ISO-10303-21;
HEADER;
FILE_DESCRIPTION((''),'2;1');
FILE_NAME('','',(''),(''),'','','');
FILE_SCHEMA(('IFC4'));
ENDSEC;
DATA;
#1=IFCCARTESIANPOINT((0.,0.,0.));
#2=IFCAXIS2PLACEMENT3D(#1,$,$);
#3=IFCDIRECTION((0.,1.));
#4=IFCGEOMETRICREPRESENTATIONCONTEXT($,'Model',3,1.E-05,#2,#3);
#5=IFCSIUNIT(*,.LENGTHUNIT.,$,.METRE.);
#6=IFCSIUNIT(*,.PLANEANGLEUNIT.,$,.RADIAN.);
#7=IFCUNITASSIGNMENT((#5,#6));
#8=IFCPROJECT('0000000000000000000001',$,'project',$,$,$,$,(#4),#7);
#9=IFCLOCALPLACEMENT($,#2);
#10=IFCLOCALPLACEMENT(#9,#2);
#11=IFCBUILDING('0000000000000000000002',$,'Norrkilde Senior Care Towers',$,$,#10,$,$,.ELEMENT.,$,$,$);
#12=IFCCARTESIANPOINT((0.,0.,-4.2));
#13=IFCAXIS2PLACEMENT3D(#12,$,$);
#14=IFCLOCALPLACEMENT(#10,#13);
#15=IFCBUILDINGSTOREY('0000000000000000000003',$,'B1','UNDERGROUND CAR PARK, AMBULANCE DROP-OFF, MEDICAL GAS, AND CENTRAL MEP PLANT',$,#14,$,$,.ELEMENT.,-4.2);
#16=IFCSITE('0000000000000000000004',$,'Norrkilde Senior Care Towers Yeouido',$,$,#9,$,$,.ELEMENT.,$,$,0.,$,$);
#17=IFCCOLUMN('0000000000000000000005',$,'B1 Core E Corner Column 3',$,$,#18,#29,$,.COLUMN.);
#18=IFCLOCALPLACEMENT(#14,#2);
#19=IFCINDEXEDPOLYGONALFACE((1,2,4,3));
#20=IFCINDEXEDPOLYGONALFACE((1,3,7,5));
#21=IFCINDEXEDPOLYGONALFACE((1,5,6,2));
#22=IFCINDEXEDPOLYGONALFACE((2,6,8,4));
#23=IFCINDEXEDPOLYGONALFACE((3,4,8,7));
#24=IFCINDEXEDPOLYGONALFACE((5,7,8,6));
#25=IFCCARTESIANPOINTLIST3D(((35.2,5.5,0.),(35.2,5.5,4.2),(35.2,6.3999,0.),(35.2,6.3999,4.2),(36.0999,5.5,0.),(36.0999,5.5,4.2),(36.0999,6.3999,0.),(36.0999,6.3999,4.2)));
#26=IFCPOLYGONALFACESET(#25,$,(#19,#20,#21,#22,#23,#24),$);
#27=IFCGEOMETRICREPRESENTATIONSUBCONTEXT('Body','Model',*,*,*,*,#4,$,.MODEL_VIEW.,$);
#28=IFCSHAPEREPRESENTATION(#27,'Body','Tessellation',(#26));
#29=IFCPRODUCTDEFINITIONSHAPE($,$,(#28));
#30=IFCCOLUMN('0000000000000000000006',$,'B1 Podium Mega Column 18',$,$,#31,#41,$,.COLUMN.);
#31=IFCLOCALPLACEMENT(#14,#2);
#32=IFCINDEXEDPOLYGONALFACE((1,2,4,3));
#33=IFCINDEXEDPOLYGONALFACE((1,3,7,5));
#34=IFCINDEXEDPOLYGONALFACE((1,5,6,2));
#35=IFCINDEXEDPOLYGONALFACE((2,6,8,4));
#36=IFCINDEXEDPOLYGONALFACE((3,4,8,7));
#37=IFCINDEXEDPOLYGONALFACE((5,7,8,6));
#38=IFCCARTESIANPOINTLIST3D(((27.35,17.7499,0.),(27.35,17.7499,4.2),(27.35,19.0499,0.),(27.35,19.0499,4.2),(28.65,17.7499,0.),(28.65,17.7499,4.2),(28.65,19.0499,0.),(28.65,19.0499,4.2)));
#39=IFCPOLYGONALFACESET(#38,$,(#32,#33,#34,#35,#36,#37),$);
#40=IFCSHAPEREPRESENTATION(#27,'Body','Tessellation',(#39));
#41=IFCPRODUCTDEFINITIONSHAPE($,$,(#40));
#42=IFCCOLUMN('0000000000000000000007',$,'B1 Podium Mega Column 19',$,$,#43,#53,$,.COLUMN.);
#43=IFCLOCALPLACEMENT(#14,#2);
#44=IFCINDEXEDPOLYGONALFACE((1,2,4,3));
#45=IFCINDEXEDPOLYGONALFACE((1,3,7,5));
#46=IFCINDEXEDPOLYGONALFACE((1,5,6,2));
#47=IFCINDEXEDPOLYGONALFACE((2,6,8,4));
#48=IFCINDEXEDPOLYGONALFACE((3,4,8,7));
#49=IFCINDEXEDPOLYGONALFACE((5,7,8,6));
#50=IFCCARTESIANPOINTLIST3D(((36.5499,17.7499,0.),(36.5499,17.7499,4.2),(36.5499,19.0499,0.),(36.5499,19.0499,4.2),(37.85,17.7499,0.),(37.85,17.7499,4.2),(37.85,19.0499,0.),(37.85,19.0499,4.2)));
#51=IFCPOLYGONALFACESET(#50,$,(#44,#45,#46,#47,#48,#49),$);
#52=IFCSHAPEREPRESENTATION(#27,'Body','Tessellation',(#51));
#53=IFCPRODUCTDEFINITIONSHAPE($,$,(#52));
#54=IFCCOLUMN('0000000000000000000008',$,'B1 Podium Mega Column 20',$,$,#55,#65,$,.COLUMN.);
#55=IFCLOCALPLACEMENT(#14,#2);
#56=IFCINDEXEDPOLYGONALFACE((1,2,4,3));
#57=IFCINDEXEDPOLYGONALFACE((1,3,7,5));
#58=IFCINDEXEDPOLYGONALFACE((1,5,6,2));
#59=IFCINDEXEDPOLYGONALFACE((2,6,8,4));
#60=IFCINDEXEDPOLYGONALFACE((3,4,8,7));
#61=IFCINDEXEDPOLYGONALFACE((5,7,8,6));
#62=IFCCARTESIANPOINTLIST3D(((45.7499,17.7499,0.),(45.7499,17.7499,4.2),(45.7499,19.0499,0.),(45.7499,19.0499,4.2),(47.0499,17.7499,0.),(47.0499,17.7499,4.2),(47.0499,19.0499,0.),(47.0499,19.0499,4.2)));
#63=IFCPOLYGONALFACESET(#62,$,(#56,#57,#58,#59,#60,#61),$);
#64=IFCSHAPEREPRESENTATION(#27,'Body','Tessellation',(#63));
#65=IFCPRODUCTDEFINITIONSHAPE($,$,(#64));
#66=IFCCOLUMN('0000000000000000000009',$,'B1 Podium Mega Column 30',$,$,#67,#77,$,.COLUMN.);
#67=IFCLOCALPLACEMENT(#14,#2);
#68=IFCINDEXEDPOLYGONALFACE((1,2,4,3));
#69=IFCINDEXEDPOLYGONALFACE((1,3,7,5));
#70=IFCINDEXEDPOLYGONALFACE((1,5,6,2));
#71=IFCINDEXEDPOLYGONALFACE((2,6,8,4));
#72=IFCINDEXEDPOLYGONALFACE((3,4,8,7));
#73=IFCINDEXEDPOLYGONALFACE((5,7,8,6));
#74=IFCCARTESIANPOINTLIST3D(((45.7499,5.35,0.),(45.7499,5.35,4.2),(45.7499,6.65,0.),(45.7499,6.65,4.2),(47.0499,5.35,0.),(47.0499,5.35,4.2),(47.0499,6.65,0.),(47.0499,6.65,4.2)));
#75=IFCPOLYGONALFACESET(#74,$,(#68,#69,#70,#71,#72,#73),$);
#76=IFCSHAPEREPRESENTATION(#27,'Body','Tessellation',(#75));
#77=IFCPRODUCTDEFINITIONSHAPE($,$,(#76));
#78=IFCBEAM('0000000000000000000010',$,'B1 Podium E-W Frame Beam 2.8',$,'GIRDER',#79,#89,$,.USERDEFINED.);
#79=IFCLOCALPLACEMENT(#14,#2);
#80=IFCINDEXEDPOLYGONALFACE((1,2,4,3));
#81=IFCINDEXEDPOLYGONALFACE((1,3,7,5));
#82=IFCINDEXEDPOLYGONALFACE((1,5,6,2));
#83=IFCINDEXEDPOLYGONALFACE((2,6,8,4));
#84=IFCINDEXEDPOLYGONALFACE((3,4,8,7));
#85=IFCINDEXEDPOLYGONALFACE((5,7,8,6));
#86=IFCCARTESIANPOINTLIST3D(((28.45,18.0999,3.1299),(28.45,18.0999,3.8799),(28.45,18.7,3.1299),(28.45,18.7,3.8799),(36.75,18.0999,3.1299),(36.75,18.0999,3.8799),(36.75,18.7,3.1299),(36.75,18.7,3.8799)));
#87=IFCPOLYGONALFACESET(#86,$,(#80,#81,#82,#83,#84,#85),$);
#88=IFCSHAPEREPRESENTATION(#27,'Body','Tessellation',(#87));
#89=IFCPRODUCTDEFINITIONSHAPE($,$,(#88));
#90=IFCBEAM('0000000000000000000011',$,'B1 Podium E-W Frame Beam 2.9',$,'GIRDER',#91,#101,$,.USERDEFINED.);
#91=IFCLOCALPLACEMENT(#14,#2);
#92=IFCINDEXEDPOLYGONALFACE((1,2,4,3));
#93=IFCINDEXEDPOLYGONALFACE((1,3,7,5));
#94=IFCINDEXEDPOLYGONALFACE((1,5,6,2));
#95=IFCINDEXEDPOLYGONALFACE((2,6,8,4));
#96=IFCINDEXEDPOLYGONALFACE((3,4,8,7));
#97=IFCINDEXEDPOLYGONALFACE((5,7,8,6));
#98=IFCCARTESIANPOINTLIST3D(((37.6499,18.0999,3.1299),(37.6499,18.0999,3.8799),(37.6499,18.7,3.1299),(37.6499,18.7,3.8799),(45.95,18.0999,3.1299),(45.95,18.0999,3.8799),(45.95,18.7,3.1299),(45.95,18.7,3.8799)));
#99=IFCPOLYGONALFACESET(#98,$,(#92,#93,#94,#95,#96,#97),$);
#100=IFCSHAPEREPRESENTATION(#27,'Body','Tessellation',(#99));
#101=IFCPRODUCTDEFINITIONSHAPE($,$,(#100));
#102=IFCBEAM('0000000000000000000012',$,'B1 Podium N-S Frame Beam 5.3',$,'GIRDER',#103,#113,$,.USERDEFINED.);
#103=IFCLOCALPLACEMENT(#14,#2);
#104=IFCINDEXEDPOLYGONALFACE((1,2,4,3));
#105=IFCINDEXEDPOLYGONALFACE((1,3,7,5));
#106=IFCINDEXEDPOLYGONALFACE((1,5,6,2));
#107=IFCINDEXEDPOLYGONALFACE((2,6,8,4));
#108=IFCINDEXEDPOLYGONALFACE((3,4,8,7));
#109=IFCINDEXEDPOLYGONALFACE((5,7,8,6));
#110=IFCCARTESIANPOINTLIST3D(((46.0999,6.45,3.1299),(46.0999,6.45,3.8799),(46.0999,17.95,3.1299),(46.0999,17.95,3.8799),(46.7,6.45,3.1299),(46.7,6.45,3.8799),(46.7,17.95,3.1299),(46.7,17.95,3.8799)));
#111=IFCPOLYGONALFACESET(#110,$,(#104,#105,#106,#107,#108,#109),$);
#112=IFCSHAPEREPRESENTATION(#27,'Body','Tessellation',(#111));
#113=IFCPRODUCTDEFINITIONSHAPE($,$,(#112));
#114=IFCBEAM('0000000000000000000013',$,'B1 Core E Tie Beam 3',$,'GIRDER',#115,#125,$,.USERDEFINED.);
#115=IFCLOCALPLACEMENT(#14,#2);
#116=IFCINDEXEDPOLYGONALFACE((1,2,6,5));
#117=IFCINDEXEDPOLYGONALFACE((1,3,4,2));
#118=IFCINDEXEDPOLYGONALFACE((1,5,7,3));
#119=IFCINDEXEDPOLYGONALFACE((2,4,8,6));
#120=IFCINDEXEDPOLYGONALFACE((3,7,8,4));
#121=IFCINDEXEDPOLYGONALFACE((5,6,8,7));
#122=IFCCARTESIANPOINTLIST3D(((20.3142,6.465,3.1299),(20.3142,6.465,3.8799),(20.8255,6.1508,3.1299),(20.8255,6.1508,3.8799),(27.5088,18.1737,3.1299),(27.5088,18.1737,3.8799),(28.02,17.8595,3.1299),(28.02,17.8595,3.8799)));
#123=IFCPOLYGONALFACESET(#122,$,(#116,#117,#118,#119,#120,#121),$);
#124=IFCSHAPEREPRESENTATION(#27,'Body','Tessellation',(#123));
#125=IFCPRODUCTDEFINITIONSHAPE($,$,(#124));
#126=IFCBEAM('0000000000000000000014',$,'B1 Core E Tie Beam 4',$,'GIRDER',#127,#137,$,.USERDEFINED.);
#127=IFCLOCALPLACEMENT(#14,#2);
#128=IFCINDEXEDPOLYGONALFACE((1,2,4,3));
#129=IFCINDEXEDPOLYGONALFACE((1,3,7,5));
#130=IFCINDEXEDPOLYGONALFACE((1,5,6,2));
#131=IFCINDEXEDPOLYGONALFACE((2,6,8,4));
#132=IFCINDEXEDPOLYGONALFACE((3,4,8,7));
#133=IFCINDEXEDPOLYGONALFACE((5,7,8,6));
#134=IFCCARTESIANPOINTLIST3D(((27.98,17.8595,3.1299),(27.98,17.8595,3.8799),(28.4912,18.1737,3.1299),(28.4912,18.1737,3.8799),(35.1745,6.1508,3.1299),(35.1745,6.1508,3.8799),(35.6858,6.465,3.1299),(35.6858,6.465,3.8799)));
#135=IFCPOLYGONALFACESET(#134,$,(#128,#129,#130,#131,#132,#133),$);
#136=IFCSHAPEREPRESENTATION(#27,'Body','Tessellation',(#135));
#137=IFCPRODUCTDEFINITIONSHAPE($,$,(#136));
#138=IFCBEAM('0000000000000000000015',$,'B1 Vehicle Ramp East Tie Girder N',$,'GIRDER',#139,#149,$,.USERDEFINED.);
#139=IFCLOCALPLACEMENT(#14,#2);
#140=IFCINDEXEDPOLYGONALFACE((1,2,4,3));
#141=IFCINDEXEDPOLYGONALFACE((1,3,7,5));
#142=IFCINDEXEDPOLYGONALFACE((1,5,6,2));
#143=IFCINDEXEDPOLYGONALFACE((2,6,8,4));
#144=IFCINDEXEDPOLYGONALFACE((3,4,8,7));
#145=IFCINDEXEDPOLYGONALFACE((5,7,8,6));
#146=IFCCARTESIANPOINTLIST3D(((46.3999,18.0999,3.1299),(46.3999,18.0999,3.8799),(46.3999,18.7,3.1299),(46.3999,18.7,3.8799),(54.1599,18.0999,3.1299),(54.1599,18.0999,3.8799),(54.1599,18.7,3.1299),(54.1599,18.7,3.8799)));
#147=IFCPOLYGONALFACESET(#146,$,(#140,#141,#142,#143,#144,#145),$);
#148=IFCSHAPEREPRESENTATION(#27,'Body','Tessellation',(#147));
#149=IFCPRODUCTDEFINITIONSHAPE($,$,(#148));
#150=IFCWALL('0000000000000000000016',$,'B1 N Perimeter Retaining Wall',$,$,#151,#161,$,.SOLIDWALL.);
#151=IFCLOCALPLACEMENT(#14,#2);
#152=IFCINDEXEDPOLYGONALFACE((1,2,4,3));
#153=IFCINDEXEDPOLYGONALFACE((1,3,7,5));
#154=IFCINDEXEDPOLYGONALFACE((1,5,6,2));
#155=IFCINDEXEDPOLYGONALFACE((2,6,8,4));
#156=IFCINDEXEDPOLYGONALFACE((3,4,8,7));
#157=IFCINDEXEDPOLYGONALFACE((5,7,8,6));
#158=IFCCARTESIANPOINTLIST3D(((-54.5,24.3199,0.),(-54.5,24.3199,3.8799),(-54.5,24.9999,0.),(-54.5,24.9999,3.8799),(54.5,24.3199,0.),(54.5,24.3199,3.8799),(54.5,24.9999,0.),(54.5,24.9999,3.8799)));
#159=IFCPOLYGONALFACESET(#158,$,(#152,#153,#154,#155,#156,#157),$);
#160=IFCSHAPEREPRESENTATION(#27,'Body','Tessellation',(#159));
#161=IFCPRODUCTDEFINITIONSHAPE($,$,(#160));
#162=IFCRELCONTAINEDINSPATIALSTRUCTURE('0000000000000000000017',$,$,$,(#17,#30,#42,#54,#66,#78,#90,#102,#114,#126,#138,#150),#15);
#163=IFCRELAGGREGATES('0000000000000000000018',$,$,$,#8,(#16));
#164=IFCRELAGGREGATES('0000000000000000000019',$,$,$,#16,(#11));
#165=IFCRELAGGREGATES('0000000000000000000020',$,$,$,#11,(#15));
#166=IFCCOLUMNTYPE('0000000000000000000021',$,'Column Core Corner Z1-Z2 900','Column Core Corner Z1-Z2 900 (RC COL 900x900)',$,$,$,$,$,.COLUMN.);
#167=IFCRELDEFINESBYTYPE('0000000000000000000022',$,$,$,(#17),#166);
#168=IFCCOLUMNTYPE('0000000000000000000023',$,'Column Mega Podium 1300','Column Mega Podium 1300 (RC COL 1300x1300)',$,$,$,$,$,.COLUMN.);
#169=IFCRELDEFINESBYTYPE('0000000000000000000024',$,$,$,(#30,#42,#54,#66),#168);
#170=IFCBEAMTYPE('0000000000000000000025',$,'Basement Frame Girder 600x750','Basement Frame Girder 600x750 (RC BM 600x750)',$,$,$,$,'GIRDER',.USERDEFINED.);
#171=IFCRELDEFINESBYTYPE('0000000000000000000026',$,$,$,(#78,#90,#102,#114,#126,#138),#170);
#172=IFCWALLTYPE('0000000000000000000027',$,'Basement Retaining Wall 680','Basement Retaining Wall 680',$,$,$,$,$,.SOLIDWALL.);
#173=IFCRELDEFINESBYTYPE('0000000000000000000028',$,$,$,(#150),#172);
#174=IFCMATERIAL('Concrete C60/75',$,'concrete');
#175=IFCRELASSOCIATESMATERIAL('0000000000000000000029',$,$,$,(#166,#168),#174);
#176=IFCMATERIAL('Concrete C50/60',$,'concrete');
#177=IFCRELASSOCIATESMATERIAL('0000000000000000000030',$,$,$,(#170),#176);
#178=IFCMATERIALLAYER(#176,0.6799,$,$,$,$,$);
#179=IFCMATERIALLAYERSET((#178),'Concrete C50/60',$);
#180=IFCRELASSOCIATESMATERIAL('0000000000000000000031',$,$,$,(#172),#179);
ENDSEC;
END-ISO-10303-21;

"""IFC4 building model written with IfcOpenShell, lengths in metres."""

from ifc_helpers import new_model, si_unit, direction, frame, frame_2d, origin, origin_2d, place, context, subcontext, project, spatial, rectangle, extrude, source, transform, mapped, material, layer, layer_set, material_profile, profile_set, type_object, type_shapes, element, save


model = new_model("IFC4")

# Units and contexts
model_context = context("Model", 3, precision=1e-05, world=origin(), true_north=direction((0.0, 1.0)))
body_context = subcontext(model_context, "Body", "Model", "MODEL_VIEW")
ifc_project = project(units=[si_unit("LENGTHUNIT", "METRE"), si_unit("PLANEANGLEUNIT", "RADIAN")], contexts=[model_context])

# Site, building, storey
site_placement = place(None, origin())
site = spatial("IfcSite", under=ifc_project, at=site_placement, Name="Norrkilde Senior Care Towers Yeouido", CompositionType="ELEMENT", RefElevation=0.0)
building_placement = place(site_placement, origin())
building = spatial("IfcBuilding", under=site, at=building_placement, Name="Norrkilde Senior Care Towers", CompositionType="ELEMENT")
storey_placement = place(building_placement, frame((0.0, 0.0, -4.2)))
storey = spatial("IfcBuildingStorey", under=building, at=storey_placement, Name="B1", Description="UNDERGROUND CAR PARK, AMBULANCE DROP-OFF, MEDICAL GAS, AND CENTRAL MEP PLANT", CompositionType="ELEMENT", Elevation=-4.2)

# Columns
ifc_material_1 = material(Name="Concrete C60/75", Category="concrete")
ifc_material_profile_1 = material_profile(ifc_material_1, rectangle(XDim=0.8999, YDim=0.8999, at=origin_2d()), Name="RC COL 900x900")
ifc_profile_set_1 = profile_set([ifc_material_profile_1], Name="Concrete C60/75")
column_type_1 = type_object("IfcColumnType", Name="Column Core Corner Z1-Z2 900", Description="Column Core Corner Z1-Z2 900 (RC COL 900x900)", PredefinedType="COLUMN", material=ifc_profile_set_1)
shared_shape_1 = source(origin(), body_context, "Body", "SweptSolid", [
    extrude(rectangle(XDim=0.8999, YDim=0.8999, at=origin_2d()), origin(), (0.0, 0.0, 1.0), 4.2),
])
type_shapes(column_type_1, [shared_shape_1])
column_placement = place(storey_placement, frame((35.6499, 5.95, 0.0), z_axis=(0.0, 0.0, 1.0), x_axis=(1.0, 0.0, 0.0)))
element("IfcColumn", 1, at=column_placement, inside=storey, type_object=column_type_1, Name="B1 Core E Corner Column 3", PredefinedType="COLUMN", context=body_context, shape_type="MappedRepresentation", body=[
    mapped(shared_shape_1, transform((0.0, 0.0, 0.0), x_axis=(1.0, 0.0, 0.0), y_axis=(0.0, 1.0, 0.0), z_axis=(0.0, 0.0, 1.0), scale=1.0)),
])
ifc_material_profile_2 = material_profile(ifc_material_1, rectangle(XDim=1.3, YDim=1.3, at=origin_2d()), Name="RC COL 1300x1300")
ifc_profile_set_2 = profile_set([ifc_material_profile_2], Name="Concrete C60/75")
column_type_2 = type_object("IfcColumnType", Name="Column Mega Podium 1300", Description="Column Mega Podium 1300 (RC COL 1300x1300)", PredefinedType="COLUMN", material=ifc_profile_set_2)
shared_shape_2 = source(origin(), body_context, "Body", "SweptSolid", [
    extrude(rectangle(XDim=1.3, YDim=1.3, at=origin_2d()), origin(), (0.0, 0.0, 1.0), 4.2),
])
type_shapes(column_type_2, [shared_shape_2])
for number, where, z_axis, x_axis, name in (
    (2, (28.0, 18.3999, 0.0), (0.0, 0.0, 1.0), (1.0, 0.0, 0.0), "B1 Podium Mega Column 18"),
    (3, (37.2, 18.3999, 0.0), (0.0, 0.0, 1.0), (1.0, 0.0, 0.0), "B1 Podium Mega Column 19"),
    (4, (46.3999, 18.3999, 0.0), (0.0, 0.0, 1.0), (1.0, 0.0, 0.0), "B1 Podium Mega Column 20"),
    (5, (46.3999, 6.0, 0.0), (0.0, 0.0, 1.0), (1.0, 0.0, 0.0), "B1 Podium Mega Column 30"),
):
    element("IfcColumn", number, at=place(storey_placement, frame(where, z_axis=z_axis, x_axis=x_axis)), inside=storey, type_object=column_type_2, Name=name, PredefinedType="COLUMN", context=body_context, shape_type="MappedRepresentation", body=[
        mapped(shared_shape_2, transform((0.0, 0.0, 0.0), x_axis=(1.0, 0.0, 0.0), y_axis=(0.0, 1.0, 0.0), z_axis=(0.0, 0.0, 1.0), scale=1.0)),
    ])

# Beams
ifc_material_2 = material(Name="Concrete C50/60", Category="concrete")
ifc_material_profile_3 = material_profile(ifc_material_2, rectangle(XDim=0.6001, YDim=0.75, at=origin_2d()), Name="RC BM 600x750")
ifc_profile_set_3 = profile_set([ifc_material_profile_3], Name="Concrete C50/60")
beam_type = type_object("IfcBeamType", Name="Basement Frame Girder 600x750", Description="Basement Frame Girder 600x750 (RC BM 600x750)", ElementType="GIRDER", PredefinedType="USERDEFINED", material=ifc_profile_set_3)
shared_shape_3 = source(origin(), body_context, "Body", "SweptSolid", [
    extrude(rectangle(XDim=0.6001, YDim=0.75, at=origin_2d()), origin(), (0.0, 0.0, 1.0), 8.3),
])
for number, where, z_axis, x_axis, name in (
    (6, (28.45, 18.3999, 3.5049), (1.0, 0.0, 0.0), (0.0, 1.0, 0.0), "B1 Podium E-W Frame Beam 2.8"),
    (7, (37.6499, 18.3999, 3.5049), (1.0, 0.0, 0.0), (0.0, 1.0, 0.0), "B1 Podium E-W Frame Beam 2.9"),
):
    element("IfcBeam", number, at=place(storey_placement, frame(where, z_axis=z_axis, x_axis=x_axis)), inside=storey, type_object=beam_type, Name=name, ObjectType="GIRDER", PredefinedType="USERDEFINED", context=body_context, shape_type="MappedRepresentation", body=[
        mapped(shared_shape_3, transform((0.0, 0.0, 0.0), x_axis=(1.0, 0.0, 0.0), y_axis=(0.0, 1.0, 0.0), z_axis=(0.0, 0.0, 1.0), scale=1.0)),
    ])
shared_shape_4 = source(origin(), body_context, "Body", "SweptSolid", [
    extrude(rectangle(XDim=0.6001, YDim=0.75, at=origin_2d()), origin(), (0.0, 0.0, 1.0), 11.5),
])
beam_1_placement = place(storey_placement, frame((46.3999, 6.45, 3.5049), z_axis=(0.0, 1.0, 0.0), x_axis=(-1.0, 0.0, 0.0)))
element("IfcBeam", 8, at=beam_1_placement, inside=storey, type_object=beam_type, Name="B1 Podium N-S Frame Beam 5.3", ObjectType="GIRDER", PredefinedType="USERDEFINED", context=body_context, shape_type="MappedRepresentation", body=[
    mapped(shared_shape_4, transform((0.0, 0.0, 0.0), x_axis=(1.0, 0.0, 0.0), y_axis=(0.0, 1.0, 0.0), z_axis=(0.0, 0.0, 1.0), scale=1.0)),
])
shared_shape_5 = source(origin(), body_context, "Body", "SweptSolid", [
    extrude(rectangle(XDim=0.6001, YDim=0.75, at=origin_2d()), origin(), (0.0, 0.0, 1.0), 13.7424),
])
for number, where, z_axis, x_axis, name in (
    (9, (27.7644, 18.0166, 3.5049), (-0.523527, -0.852009, 0.0), (0.852009, -0.523527, 0.0), "B1 Core E Tie Beam 3"),
    (10, (28.2356, 18.0166, 3.5049), (0.523527, -0.852009, 0.0), (0.852009, 0.523527, 0.0), "B1 Core E Tie Beam 4"),
):
    element("IfcBeam", number, at=place(storey_placement, frame(where, z_axis=z_axis, x_axis=x_axis)), inside=storey, type_object=beam_type, Name=name, ObjectType="GIRDER", PredefinedType="USERDEFINED", context=body_context, shape_type="MappedRepresentation", body=[
        mapped(shared_shape_5, transform((0.0, 0.0, 0.0), x_axis=(1.0, 0.0, 0.0), y_axis=(0.0, 1.0, 0.0), z_axis=(0.0, 0.0, 1.0), scale=1.0)),
    ])
shared_shape_6 = source(origin(), body_context, "Body", "SweptSolid", [
    extrude(rectangle(XDim=0.6001, YDim=0.75, at=origin_2d()), origin(), (0.0, 0.0, 1.0), 7.76),
])
type_shapes(beam_type, [shared_shape_3, shared_shape_4, shared_shape_5, shared_shape_6])
beam_2_placement = place(storey_placement, frame((46.3999, 18.3999, 3.5049), z_axis=(1.0, 0.0, 0.0), x_axis=(0.0, 1.0, 0.0)))
element("IfcBeam", 11, at=beam_2_placement, inside=storey, type_object=beam_type, Name="B1 Vehicle Ramp East Tie Girder N", ObjectType="GIRDER", PredefinedType="USERDEFINED", context=body_context, shape_type="MappedRepresentation", body=[
    mapped(shared_shape_6, transform((0.0, 0.0, 0.0), x_axis=(1.0, 0.0, 0.0), y_axis=(0.0, 1.0, 0.0), z_axis=(0.0, 0.0, 1.0), scale=1.0)),
])

# Wall
ifc_layer_1 = layer(ifc_material_2, 0.6799)
ifc_layer_set_1 = layer_set([ifc_layer_1], Name="Concrete C50/60")
wall_type_1 = type_object("IfcWallType", Name="Basement Retaining Wall 680", Description="Basement Retaining Wall 680", PredefinedType="SOLIDWALL", material=ifc_layer_set_1)
shared_shape_7 = source(origin(), body_context, "Body", "SweptSolid", [
    extrude(rectangle(XDim=109.0, YDim=0.6799, at=frame_2d((54.5, 0.0))), origin(), (0.0, 0.0, 1.0), 3.8799),
])
type_shapes(wall_type_1, [shared_shape_7])
wall_1_placement = place(storey_placement, frame((54.5, 24.6599, 0.0), z_axis=(0.0, 0.0, 1.0), x_axis=(-1.0, 0.0, 0.0)))
element("IfcWall", 12, at=wall_1_placement, inside=storey, type_object=wall_type_1, Name="B1 N Perimeter Retaining Wall", PredefinedType="SOLIDWALL", context=body_context, shape_type="MappedRepresentation", body=[
    mapped(shared_shape_7, transform((0.0, 0.0, 0.0), x_axis=(1.0, 0.0, 0.0), y_axis=(0.0, 1.0, 0.0), z_axis=(0.0, 0.0, 1.0), scale=1.0)),
])

save(model, "model.ifc")
